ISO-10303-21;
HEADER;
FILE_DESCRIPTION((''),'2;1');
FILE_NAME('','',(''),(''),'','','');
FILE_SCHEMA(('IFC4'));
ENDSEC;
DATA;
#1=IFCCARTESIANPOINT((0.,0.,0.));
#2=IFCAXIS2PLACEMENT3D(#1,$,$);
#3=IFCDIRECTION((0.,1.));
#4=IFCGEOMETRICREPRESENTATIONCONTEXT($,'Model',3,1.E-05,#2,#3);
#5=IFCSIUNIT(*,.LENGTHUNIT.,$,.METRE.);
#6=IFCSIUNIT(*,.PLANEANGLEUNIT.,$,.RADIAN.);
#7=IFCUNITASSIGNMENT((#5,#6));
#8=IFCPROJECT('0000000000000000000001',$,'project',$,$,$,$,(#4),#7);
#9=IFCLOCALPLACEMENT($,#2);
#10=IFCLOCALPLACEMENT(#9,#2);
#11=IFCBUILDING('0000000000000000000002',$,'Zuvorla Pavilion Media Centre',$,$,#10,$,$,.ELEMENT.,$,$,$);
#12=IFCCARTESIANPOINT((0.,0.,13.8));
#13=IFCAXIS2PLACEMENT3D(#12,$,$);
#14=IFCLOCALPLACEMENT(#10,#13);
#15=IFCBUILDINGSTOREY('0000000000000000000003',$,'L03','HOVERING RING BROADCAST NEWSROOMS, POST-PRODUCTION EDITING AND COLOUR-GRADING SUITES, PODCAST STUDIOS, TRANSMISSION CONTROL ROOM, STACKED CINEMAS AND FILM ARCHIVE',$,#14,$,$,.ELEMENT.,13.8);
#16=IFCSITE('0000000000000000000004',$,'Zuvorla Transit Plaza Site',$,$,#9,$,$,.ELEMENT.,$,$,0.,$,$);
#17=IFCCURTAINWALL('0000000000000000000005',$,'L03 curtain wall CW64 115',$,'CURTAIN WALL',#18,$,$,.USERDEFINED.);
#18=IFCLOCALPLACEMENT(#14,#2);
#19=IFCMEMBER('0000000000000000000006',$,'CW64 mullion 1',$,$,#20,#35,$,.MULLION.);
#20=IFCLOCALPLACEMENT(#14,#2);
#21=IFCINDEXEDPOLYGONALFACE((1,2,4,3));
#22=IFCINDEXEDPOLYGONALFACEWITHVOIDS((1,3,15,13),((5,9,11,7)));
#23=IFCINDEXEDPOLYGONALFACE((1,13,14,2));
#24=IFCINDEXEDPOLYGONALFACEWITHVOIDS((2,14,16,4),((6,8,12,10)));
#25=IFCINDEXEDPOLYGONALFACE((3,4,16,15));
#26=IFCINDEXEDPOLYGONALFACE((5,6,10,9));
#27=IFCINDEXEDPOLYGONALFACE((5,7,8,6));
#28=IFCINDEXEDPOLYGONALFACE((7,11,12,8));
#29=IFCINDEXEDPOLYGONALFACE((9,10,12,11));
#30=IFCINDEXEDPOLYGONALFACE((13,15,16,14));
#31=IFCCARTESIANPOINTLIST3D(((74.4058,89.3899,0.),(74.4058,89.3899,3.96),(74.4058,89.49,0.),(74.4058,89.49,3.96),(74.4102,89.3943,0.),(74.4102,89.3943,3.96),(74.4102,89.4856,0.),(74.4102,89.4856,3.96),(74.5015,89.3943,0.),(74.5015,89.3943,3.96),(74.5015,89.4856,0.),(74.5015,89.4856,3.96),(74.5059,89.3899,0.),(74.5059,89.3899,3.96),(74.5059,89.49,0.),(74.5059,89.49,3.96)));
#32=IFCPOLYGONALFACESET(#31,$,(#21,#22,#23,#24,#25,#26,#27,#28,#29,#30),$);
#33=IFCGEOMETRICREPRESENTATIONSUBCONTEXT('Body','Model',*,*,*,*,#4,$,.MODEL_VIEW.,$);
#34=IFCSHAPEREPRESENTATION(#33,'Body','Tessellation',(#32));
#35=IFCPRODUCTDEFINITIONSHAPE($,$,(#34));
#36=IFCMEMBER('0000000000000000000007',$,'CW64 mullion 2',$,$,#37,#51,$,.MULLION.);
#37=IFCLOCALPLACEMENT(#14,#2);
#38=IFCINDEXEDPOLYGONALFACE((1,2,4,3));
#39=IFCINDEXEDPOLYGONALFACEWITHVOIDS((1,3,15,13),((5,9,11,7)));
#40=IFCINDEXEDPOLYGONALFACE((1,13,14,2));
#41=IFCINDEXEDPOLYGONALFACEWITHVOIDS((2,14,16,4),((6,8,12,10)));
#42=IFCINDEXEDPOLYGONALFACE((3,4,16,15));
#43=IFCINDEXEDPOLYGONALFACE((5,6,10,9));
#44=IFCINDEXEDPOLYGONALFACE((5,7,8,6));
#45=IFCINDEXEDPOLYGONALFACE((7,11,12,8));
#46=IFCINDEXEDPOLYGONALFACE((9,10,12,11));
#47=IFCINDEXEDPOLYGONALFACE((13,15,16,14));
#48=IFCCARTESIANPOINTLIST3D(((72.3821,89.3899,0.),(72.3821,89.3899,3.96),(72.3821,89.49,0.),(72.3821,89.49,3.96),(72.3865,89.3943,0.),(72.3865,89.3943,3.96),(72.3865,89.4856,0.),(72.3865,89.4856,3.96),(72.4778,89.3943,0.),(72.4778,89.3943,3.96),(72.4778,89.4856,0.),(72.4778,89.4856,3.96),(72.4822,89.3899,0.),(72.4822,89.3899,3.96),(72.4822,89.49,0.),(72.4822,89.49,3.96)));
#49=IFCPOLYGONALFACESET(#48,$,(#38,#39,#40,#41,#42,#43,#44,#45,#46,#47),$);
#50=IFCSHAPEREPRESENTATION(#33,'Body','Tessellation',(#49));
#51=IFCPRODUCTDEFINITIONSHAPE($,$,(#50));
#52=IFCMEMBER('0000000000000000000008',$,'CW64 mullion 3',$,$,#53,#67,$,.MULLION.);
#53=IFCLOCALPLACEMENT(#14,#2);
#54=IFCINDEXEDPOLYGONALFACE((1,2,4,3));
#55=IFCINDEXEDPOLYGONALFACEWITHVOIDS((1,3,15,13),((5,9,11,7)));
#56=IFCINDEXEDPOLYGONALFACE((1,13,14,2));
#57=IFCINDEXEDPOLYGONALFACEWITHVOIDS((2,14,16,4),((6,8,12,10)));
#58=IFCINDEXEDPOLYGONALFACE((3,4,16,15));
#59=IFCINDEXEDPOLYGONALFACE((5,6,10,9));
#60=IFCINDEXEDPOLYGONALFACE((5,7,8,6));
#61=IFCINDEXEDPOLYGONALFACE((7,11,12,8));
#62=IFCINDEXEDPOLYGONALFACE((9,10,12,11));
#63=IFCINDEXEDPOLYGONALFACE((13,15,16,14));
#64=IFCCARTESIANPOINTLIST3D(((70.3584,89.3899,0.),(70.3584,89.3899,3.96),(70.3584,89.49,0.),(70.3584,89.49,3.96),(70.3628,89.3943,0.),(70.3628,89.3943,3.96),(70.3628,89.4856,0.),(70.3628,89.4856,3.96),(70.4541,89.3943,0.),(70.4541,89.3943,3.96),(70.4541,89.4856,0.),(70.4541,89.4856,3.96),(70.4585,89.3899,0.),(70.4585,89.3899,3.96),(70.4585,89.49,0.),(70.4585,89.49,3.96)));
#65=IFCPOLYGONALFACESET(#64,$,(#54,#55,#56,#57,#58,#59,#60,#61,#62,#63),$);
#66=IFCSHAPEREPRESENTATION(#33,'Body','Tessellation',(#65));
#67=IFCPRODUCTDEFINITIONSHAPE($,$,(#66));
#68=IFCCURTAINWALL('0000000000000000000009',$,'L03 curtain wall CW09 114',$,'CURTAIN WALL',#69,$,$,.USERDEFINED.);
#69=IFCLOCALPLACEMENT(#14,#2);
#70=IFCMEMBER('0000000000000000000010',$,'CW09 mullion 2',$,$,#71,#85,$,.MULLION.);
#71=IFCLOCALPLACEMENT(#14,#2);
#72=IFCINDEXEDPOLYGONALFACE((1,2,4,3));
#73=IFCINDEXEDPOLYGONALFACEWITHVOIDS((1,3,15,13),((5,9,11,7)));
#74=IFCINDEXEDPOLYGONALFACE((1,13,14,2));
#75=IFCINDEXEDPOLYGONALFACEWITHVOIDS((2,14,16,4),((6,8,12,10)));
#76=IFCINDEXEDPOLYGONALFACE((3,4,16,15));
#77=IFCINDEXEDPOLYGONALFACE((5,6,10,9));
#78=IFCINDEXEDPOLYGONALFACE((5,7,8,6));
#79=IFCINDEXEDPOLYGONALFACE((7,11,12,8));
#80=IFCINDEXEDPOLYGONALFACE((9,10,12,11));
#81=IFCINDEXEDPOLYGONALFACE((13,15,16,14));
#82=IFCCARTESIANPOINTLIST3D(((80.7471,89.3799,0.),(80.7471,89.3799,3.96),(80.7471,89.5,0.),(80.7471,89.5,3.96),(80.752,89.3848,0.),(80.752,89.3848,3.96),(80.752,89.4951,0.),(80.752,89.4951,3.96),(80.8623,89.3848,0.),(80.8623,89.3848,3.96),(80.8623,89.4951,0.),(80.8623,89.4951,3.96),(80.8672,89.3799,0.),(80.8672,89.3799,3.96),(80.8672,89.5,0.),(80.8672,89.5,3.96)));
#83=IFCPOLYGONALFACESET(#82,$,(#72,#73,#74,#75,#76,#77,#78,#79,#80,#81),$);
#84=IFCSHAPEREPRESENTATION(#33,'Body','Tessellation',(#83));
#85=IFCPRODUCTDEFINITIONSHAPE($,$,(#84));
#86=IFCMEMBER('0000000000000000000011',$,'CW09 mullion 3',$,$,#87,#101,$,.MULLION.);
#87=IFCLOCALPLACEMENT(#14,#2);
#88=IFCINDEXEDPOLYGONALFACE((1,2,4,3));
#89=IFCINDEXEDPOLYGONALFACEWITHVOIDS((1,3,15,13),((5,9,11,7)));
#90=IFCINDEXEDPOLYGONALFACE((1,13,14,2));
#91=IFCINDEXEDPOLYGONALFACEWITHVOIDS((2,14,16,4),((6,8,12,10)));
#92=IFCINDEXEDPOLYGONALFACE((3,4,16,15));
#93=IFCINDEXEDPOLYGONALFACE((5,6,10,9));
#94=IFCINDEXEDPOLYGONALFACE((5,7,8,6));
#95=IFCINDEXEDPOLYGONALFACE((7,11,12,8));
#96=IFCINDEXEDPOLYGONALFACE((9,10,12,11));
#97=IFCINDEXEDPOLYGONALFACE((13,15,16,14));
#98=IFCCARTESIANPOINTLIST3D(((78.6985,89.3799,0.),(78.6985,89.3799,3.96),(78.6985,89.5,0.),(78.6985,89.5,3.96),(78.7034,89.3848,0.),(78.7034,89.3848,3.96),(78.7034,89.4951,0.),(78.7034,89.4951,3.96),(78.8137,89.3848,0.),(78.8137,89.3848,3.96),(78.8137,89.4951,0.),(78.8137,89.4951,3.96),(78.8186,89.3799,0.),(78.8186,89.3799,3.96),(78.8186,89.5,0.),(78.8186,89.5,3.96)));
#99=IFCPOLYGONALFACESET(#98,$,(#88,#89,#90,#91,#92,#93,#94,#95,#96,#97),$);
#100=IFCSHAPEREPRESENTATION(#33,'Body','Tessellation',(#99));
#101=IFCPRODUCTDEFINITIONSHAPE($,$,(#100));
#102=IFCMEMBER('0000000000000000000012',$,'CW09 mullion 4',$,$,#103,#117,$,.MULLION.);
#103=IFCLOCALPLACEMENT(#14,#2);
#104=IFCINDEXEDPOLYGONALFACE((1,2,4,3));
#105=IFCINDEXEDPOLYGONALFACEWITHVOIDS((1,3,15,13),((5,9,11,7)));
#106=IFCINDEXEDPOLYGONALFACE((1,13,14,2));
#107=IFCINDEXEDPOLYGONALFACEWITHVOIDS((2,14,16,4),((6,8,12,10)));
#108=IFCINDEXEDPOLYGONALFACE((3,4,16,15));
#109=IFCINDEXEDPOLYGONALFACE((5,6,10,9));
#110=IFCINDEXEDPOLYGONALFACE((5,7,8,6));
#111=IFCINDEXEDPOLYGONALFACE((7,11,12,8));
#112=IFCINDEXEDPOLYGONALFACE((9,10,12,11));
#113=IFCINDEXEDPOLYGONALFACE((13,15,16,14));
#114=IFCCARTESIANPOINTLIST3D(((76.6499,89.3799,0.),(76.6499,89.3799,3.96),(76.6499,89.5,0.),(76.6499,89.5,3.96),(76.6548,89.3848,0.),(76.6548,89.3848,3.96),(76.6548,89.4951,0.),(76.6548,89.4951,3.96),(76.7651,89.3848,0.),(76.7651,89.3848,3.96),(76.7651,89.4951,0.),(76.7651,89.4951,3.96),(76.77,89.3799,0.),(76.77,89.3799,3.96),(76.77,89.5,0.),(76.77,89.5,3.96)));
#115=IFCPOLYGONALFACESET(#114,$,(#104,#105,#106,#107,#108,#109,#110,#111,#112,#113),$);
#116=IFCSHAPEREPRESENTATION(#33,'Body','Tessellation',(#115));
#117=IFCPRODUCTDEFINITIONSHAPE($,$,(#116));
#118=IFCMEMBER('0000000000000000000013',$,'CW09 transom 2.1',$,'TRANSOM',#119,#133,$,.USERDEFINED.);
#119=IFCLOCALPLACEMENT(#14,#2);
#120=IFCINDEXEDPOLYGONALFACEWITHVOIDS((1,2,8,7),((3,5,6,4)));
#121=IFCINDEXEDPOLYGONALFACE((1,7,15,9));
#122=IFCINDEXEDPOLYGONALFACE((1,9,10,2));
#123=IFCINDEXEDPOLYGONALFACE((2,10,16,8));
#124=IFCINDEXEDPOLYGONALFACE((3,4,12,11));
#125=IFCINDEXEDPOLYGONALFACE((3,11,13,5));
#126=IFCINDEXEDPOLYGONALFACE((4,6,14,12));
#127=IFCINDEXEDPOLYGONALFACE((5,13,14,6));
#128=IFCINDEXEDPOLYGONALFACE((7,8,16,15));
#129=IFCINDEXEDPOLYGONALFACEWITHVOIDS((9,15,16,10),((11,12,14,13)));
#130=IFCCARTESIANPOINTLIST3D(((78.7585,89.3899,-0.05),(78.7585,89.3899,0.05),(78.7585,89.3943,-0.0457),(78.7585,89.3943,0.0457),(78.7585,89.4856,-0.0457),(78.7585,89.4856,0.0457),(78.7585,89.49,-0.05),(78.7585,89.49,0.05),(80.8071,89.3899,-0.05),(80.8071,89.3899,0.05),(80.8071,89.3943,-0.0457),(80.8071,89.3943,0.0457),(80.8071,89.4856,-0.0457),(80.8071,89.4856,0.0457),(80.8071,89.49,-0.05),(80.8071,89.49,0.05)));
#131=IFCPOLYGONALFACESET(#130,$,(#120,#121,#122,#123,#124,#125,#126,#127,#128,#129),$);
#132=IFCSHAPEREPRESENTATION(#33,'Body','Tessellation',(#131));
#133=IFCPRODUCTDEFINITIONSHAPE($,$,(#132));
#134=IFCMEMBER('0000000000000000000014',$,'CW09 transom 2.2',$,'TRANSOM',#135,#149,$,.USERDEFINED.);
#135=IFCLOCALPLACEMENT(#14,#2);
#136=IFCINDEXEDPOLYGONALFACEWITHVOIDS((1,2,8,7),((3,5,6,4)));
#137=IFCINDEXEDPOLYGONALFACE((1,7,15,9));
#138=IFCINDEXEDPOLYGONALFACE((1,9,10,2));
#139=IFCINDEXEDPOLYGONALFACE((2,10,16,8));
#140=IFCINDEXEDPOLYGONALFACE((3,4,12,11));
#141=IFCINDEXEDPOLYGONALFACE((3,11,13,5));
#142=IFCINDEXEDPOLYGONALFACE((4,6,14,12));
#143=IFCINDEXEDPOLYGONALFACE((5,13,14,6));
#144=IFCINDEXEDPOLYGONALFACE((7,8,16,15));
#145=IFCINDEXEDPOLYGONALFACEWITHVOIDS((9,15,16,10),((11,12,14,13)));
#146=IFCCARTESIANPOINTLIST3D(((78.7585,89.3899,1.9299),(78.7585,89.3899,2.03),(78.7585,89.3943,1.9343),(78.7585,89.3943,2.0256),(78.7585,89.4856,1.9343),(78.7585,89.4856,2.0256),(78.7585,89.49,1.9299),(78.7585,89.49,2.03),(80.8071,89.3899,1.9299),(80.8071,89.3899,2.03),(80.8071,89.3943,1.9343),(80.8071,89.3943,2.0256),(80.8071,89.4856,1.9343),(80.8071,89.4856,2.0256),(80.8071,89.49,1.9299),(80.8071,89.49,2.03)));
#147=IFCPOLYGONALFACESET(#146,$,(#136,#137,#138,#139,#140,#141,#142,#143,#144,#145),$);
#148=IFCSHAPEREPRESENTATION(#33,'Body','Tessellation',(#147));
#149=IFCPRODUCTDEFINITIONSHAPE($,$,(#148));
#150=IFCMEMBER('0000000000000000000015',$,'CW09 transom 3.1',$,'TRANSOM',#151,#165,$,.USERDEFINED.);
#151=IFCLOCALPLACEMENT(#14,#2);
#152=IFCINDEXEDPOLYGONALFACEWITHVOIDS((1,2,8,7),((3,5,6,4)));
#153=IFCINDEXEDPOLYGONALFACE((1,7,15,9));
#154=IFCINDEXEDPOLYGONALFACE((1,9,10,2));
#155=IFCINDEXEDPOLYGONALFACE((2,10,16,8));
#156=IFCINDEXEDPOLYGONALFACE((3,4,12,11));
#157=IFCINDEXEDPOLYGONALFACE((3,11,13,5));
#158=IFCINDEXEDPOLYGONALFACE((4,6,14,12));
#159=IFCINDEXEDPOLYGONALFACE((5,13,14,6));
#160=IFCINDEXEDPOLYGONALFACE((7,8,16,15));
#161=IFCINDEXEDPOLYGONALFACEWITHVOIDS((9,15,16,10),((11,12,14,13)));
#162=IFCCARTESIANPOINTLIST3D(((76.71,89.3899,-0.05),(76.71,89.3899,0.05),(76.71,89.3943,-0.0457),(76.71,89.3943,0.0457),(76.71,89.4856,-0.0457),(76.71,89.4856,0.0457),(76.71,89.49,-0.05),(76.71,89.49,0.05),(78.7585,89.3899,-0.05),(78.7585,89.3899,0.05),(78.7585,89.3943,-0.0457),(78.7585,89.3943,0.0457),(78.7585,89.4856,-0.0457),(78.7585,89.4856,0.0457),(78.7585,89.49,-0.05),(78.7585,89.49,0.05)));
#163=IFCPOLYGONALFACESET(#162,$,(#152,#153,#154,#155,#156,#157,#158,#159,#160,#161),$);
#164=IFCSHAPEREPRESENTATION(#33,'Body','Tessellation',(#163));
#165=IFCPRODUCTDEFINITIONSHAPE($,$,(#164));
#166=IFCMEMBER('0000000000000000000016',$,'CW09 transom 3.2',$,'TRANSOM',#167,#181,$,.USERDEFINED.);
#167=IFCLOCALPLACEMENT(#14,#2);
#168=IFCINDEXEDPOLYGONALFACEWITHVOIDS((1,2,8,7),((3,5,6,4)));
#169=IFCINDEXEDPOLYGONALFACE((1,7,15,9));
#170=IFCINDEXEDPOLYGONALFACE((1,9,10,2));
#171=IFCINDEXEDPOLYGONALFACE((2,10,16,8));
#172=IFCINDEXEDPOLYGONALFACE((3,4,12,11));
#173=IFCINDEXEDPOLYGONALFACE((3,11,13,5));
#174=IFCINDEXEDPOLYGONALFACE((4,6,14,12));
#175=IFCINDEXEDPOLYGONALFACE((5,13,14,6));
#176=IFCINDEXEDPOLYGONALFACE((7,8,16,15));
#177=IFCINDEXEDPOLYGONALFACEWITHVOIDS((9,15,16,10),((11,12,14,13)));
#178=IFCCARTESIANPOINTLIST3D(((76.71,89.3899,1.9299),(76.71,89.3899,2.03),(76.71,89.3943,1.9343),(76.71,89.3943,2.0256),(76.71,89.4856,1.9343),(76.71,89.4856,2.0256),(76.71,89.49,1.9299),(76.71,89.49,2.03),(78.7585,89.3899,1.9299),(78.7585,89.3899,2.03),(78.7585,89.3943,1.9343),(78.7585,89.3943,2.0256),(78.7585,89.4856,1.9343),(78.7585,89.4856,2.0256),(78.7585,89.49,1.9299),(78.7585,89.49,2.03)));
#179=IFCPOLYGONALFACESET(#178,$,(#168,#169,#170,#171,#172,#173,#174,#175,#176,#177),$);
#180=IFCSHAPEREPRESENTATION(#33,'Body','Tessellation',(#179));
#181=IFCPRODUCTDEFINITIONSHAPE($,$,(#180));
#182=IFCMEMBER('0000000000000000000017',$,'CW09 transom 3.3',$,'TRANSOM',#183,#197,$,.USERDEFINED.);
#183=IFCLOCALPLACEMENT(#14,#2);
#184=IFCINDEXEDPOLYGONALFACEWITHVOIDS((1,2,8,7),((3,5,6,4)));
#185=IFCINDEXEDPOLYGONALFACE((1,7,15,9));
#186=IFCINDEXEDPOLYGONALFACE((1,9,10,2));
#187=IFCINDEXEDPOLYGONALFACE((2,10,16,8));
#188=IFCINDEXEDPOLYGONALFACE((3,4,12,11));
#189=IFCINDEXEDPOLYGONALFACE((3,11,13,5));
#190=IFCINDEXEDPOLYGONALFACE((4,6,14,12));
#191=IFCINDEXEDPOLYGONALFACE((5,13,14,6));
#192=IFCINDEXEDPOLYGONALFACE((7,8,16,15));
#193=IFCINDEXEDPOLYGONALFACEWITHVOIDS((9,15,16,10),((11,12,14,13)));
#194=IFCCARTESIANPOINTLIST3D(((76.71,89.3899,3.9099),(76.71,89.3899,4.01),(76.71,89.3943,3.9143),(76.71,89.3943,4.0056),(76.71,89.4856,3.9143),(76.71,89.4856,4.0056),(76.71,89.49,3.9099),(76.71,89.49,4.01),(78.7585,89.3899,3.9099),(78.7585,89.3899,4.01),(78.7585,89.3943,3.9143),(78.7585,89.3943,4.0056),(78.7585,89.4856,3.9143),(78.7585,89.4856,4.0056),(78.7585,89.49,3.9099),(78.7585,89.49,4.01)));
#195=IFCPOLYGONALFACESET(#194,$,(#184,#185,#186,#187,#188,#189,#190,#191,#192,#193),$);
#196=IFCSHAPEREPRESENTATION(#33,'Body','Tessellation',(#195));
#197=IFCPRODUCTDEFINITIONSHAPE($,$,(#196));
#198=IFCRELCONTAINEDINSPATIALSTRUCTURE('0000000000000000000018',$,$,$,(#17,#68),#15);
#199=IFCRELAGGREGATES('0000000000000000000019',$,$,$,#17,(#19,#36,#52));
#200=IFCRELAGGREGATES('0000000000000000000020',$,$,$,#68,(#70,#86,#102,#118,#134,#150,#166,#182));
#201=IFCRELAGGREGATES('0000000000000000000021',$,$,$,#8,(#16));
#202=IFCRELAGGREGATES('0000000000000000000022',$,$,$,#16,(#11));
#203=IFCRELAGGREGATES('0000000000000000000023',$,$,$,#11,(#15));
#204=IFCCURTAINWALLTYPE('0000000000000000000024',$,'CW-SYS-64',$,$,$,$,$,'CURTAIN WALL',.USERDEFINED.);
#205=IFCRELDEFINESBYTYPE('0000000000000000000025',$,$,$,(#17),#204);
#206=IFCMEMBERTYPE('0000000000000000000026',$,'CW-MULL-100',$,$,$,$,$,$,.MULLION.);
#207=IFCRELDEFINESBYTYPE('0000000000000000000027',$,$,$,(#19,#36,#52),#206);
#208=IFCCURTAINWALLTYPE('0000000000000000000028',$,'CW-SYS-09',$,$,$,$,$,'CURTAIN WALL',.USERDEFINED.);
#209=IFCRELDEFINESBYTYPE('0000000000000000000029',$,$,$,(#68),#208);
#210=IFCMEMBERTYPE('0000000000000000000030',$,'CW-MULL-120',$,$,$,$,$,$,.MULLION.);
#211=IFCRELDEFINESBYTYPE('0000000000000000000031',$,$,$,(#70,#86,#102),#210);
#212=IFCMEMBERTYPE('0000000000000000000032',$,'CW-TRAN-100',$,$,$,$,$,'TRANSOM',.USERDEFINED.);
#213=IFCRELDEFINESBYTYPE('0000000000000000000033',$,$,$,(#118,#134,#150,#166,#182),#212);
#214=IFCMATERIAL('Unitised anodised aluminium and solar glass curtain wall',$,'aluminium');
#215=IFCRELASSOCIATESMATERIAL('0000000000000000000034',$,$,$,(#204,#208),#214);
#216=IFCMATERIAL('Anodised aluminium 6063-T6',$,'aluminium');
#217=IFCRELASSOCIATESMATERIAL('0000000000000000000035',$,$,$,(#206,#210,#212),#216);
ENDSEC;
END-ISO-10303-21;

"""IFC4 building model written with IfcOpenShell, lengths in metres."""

from ifc_helpers import new_model, si_unit, direction, frame, origin, origin_2d, place, context, subcontext, project, spatial, hollow_rectangle, extrude, material, material_profile, profile_set, type_object, element, aggregate, save


model = new_model("IFC4")

# Units and contexts
model_context = context("Model", 3, precision=1e-05, world=origin(), true_north=direction((0.0, 1.0)))
body_context = subcontext(model_context, "Body", "Model", "MODEL_VIEW")
ifc_project = project(units=[si_unit("LENGTHUNIT", "METRE"), si_unit("PLANEANGLEUNIT", "RADIAN")], contexts=[model_context])

# Site, building, storey
site_placement = place(None, origin())
site = spatial("IfcSite", under=ifc_project, at=site_placement, Name="Zuvorla Transit Plaza Site", CompositionType="ELEMENT", RefElevation=0.0)
building_placement = place(site_placement, origin())
building = spatial("IfcBuilding", under=site, at=building_placement, Name="Zuvorla Pavilion Media Centre", CompositionType="ELEMENT")
storey_placement = place(building_placement, frame((0.0, 0.0, 13.8)))
storey = spatial("IfcBuildingStorey", under=building, at=storey_placement, Name="L03", Description="HOVERING RING BROADCAST NEWSROOMS, POST-PRODUCTION EDITING AND COLOUR-GRADING SUITES, PODCAST STUDIOS, TRANSMISSION CONTROL ROOM, STACKED CINEMAS AND FILM ARCHIVE", CompositionType="ELEMENT", Elevation=13.8)

# Curtain walls, members
ifc_material_1 = material(Name="Unitised anodised aluminium and solar glass curtain wall", Category="aluminium")
curtain_wall_type_1 = type_object("IfcCurtainWallType", Name="CW-SYS-64", ElementType="CURTAIN WALL", PredefinedType="USERDEFINED", material=ifc_material_1)
curtain_wall_1_placement = place(storey_placement, origin())
curtain_wall_1 = element("IfcCurtainWall", 1, at=curtain_wall_1_placement, inside=storey, type_object=curtain_wall_type_1, Name="L03 curtain wall CW64 115", ObjectType="CURTAIN WALL", PredefinedType="USERDEFINED")
ifc_material_2 = material(Name="Anodised aluminium 6063-T6", Category="aluminium")
ifc_material_profile_1 = material_profile(ifc_material_2, hollow_rectangle(XDim=0.1001, YDim=0.1001, WallThickness=0.0044, at=origin_2d()), Name="ALU MULL 100x100")
ifc_profile_set_1 = profile_set([ifc_material_profile_1], Name="Anodised aluminium 6063-T6")
member_type_1 = type_object("IfcMemberType", Name="CW-MULL-100", PredefinedType="MULLION", material=ifc_profile_set_1)
member_1_placement = place(storey_placement, frame((74.4558, 89.4399, 0.0), z_axis=(0.0, 0.0, 1.0), x_axis=(1.0, 0.0, 0.0)))
member_1 = element("IfcMember", 2, at=member_1_placement, type_object=member_type_1, Name="CW64 mullion 1", PredefinedType="MULLION", context=body_context, shape_type="SweptSolid", body=[
    extrude(hollow_rectangle(XDim=0.1001, YDim=0.1001, WallThickness=0.0044, at=origin_2d()), origin(), (0.0, 0.0, 1.0), 3.96),
])
member_2_placement = place(storey_placement, frame((72.4321, 89.4399, 0.0), z_axis=(0.0, 0.0, 1.0), x_axis=(1.0, 0.0, 0.0)))
member_2 = element("IfcMember", 3, at=member_2_placement, type_object=member_type_1, Name="CW64 mullion 2", PredefinedType="MULLION", context=body_context, shape_type="SweptSolid", body=[
    extrude(hollow_rectangle(XDim=0.1001, YDim=0.1001, WallThickness=0.0044, at=origin_2d()), origin(), (0.0, 0.0, 1.0), 3.96),
])
member_3_placement = place(storey_placement, frame((70.4084, 89.4399, 0.0), z_axis=(0.0, 0.0, 1.0), x_axis=(1.0, 0.0, 0.0)))
member_3 = element("IfcMember", 4, at=member_3_placement, type_object=member_type_1, Name="CW64 mullion 3", PredefinedType="MULLION", context=body_context, shape_type="SweptSolid", body=[
    extrude(hollow_rectangle(XDim=0.1001, YDim=0.1001, WallThickness=0.0044, at=origin_2d()), origin(), (0.0, 0.0, 1.0), 3.96),
])
curtain_wall_type_2 = type_object("IfcCurtainWallType", Name="CW-SYS-09", ElementType="CURTAIN WALL", PredefinedType="USERDEFINED", material=ifc_material_1)
curtain_wall_2_placement = place(storey_placement, origin())
curtain_wall_2 = element("IfcCurtainWall", 5, at=curtain_wall_2_placement, inside=storey, type_object=curtain_wall_type_2, Name="L03 curtain wall CW09 114", ObjectType="CURTAIN WALL", PredefinedType="USERDEFINED")
ifc_material_profile_2 = material_profile(ifc_material_2, hollow_rectangle(XDim=0.1201, YDim=0.1201, WallThickness=0.0049, at=origin_2d()), Name="ALU MULL 120x120")
ifc_profile_set_2 = profile_set([ifc_material_profile_2], Name="Anodised aluminium 6063-T6")
member_type_2 = type_object("IfcMemberType", Name="CW-MULL-120", PredefinedType="MULLION", material=ifc_profile_set_2)
member_4_placement = place(storey_placement, frame((80.8071, 89.4399, 0.0), z_axis=(0.0, 0.0, 1.0), x_axis=(1.0, 0.0, 0.0)))
member_4 = element("IfcMember", 6, at=member_4_placement, type_object=member_type_2, Name="CW09 mullion 2", PredefinedType="MULLION", context=body_context, shape_type="SweptSolid", body=[
    extrude(hollow_rectangle(XDim=0.1201, YDim=0.1201, WallThickness=0.0049, at=origin_2d()), origin(), (0.0, 0.0, 1.0), 3.96),
])
member_5_placement = place(storey_placement, frame((78.7585, 89.4399, 0.0), z_axis=(0.0, 0.0, 1.0), x_axis=(1.0, 0.0, 0.0)))
member_5 = element("IfcMember", 7, at=member_5_placement, type_object=member_type_2, Name="CW09 mullion 3", PredefinedType="MULLION", context=body_context, shape_type="SweptSolid", body=[
    extrude(hollow_rectangle(XDim=0.1201, YDim=0.1201, WallThickness=0.0049, at=origin_2d()), origin(), (0.0, 0.0, 1.0), 3.96),
])
member_6_placement = place(storey_placement, frame((76.71, 89.4399, 0.0), z_axis=(0.0, 0.0, 1.0), x_axis=(1.0, 0.0, 0.0)))
member_6 = element("IfcMember", 8, at=member_6_placement, type_object=member_type_2, Name="CW09 mullion 4", PredefinedType="MULLION", context=body_context, shape_type="SweptSolid", body=[
    extrude(hollow_rectangle(XDim=0.1201, YDim=0.1201, WallThickness=0.0049, at=origin_2d()), origin(), (0.0, 0.0, 1.0), 3.96),
])
ifc_material_profile_3 = material_profile(ifc_material_2, hollow_rectangle(XDim=0.1001, YDim=0.1001, WallThickness=0.0044, at=origin_2d()), Name="ALU TRAN 100x100")
ifc_profile_set_3 = profile_set([ifc_material_profile_3], Name="Anodised aluminium 6063-T6")
member_type_3 = type_object("IfcMemberType", Name="CW-TRAN-100", ElementType="TRANSOM", PredefinedType="USERDEFINED", material=ifc_profile_set_3)
member_7_placement = place(storey_placement, frame((80.8071, 89.4399, 0.0), z_axis=(-1.0, 0.0, 0.0), x_axis=(0.0, -1.0, 0.0)))
member_7 = element("IfcMember", 9, at=member_7_placement, type_object=member_type_3, Name="CW09 transom 2.1", ObjectType="TRANSOM", PredefinedType="USERDEFINED", context=body_context, shape_type="SweptSolid", body=[
    extrude(hollow_rectangle(XDim=0.1001, YDim=0.1001, WallThickness=0.0044, at=origin_2d()), origin(), (0.0, 0.0, 1.0), 2.0486),
])
member_8_placement = place(storey_placement, frame((80.8071, 89.4399, 1.98), z_axis=(-1.0, 0.0, 0.0), x_axis=(0.0, -1.0, 0.0)))
member_8 = element("IfcMember", 10, at=member_8_placement, type_object=member_type_3, Name="CW09 transom 2.2", ObjectType="TRANSOM", PredefinedType="USERDEFINED", context=body_context, shape_type="SweptSolid", body=[
    extrude(hollow_rectangle(XDim=0.1001, YDim=0.1001, WallThickness=0.0044, at=origin_2d()), origin(), (0.0, 0.0, 1.0), 2.0486),
])
member_9_placement = place(storey_placement, frame((78.7585, 89.4399, 0.0), z_axis=(-1.0, 0.0, 0.0), x_axis=(0.0, -1.0, 0.0)))
member_9 = element("IfcMember", 11, at=member_9_placement, type_object=member_type_3, Name="CW09 transom 3.1", ObjectType="TRANSOM", PredefinedType="USERDEFINED", context=body_context, shape_type="SweptSolid", body=[
    extrude(hollow_rectangle(XDim=0.1001, YDim=0.1001, WallThickness=0.0044, at=origin_2d()), origin(), (0.0, 0.0, 1.0), 2.0486),
])
member_10_placement = place(storey_placement, frame((78.7585, 89.4399, 1.98), z_axis=(-1.0, 0.0, 0.0), x_axis=(0.0, -1.0, 0.0)))
member_10 = element("IfcMember", 12, at=member_10_placement, type_object=member_type_3, Name="CW09 transom 3.2", ObjectType="TRANSOM", PredefinedType="USERDEFINED", context=body_context, shape_type="SweptSolid", body=[
    extrude(hollow_rectangle(XDim=0.1001, YDim=0.1001, WallThickness=0.0044, at=origin_2d()), origin(), (0.0, 0.0, 1.0), 2.0486),
])
member_11_placement = place(storey_placement, frame((78.7585, 89.4399, 3.96), z_axis=(-1.0, 0.0, 0.0), x_axis=(0.0, -1.0, 0.0)))
member_11 = element("IfcMember", 13, at=member_11_placement, type_object=member_type_3, Name="CW09 transom 3.3", ObjectType="TRANSOM", PredefinedType="USERDEFINED", context=body_context, shape_type="SweptSolid", body=[
    extrude(hollow_rectangle(XDim=0.1001, YDim=0.1001, WallThickness=0.0044, at=origin_2d()), origin(), (0.0, 0.0, 1.0), 2.0486),
])

aggregate(curtain_wall_1, [member_1, member_2, member_3])
aggregate(curtain_wall_2, [member_4, member_5, member_6, member_7, member_8, member_9, member_10, member_11])

save(model, "model.ifc")
